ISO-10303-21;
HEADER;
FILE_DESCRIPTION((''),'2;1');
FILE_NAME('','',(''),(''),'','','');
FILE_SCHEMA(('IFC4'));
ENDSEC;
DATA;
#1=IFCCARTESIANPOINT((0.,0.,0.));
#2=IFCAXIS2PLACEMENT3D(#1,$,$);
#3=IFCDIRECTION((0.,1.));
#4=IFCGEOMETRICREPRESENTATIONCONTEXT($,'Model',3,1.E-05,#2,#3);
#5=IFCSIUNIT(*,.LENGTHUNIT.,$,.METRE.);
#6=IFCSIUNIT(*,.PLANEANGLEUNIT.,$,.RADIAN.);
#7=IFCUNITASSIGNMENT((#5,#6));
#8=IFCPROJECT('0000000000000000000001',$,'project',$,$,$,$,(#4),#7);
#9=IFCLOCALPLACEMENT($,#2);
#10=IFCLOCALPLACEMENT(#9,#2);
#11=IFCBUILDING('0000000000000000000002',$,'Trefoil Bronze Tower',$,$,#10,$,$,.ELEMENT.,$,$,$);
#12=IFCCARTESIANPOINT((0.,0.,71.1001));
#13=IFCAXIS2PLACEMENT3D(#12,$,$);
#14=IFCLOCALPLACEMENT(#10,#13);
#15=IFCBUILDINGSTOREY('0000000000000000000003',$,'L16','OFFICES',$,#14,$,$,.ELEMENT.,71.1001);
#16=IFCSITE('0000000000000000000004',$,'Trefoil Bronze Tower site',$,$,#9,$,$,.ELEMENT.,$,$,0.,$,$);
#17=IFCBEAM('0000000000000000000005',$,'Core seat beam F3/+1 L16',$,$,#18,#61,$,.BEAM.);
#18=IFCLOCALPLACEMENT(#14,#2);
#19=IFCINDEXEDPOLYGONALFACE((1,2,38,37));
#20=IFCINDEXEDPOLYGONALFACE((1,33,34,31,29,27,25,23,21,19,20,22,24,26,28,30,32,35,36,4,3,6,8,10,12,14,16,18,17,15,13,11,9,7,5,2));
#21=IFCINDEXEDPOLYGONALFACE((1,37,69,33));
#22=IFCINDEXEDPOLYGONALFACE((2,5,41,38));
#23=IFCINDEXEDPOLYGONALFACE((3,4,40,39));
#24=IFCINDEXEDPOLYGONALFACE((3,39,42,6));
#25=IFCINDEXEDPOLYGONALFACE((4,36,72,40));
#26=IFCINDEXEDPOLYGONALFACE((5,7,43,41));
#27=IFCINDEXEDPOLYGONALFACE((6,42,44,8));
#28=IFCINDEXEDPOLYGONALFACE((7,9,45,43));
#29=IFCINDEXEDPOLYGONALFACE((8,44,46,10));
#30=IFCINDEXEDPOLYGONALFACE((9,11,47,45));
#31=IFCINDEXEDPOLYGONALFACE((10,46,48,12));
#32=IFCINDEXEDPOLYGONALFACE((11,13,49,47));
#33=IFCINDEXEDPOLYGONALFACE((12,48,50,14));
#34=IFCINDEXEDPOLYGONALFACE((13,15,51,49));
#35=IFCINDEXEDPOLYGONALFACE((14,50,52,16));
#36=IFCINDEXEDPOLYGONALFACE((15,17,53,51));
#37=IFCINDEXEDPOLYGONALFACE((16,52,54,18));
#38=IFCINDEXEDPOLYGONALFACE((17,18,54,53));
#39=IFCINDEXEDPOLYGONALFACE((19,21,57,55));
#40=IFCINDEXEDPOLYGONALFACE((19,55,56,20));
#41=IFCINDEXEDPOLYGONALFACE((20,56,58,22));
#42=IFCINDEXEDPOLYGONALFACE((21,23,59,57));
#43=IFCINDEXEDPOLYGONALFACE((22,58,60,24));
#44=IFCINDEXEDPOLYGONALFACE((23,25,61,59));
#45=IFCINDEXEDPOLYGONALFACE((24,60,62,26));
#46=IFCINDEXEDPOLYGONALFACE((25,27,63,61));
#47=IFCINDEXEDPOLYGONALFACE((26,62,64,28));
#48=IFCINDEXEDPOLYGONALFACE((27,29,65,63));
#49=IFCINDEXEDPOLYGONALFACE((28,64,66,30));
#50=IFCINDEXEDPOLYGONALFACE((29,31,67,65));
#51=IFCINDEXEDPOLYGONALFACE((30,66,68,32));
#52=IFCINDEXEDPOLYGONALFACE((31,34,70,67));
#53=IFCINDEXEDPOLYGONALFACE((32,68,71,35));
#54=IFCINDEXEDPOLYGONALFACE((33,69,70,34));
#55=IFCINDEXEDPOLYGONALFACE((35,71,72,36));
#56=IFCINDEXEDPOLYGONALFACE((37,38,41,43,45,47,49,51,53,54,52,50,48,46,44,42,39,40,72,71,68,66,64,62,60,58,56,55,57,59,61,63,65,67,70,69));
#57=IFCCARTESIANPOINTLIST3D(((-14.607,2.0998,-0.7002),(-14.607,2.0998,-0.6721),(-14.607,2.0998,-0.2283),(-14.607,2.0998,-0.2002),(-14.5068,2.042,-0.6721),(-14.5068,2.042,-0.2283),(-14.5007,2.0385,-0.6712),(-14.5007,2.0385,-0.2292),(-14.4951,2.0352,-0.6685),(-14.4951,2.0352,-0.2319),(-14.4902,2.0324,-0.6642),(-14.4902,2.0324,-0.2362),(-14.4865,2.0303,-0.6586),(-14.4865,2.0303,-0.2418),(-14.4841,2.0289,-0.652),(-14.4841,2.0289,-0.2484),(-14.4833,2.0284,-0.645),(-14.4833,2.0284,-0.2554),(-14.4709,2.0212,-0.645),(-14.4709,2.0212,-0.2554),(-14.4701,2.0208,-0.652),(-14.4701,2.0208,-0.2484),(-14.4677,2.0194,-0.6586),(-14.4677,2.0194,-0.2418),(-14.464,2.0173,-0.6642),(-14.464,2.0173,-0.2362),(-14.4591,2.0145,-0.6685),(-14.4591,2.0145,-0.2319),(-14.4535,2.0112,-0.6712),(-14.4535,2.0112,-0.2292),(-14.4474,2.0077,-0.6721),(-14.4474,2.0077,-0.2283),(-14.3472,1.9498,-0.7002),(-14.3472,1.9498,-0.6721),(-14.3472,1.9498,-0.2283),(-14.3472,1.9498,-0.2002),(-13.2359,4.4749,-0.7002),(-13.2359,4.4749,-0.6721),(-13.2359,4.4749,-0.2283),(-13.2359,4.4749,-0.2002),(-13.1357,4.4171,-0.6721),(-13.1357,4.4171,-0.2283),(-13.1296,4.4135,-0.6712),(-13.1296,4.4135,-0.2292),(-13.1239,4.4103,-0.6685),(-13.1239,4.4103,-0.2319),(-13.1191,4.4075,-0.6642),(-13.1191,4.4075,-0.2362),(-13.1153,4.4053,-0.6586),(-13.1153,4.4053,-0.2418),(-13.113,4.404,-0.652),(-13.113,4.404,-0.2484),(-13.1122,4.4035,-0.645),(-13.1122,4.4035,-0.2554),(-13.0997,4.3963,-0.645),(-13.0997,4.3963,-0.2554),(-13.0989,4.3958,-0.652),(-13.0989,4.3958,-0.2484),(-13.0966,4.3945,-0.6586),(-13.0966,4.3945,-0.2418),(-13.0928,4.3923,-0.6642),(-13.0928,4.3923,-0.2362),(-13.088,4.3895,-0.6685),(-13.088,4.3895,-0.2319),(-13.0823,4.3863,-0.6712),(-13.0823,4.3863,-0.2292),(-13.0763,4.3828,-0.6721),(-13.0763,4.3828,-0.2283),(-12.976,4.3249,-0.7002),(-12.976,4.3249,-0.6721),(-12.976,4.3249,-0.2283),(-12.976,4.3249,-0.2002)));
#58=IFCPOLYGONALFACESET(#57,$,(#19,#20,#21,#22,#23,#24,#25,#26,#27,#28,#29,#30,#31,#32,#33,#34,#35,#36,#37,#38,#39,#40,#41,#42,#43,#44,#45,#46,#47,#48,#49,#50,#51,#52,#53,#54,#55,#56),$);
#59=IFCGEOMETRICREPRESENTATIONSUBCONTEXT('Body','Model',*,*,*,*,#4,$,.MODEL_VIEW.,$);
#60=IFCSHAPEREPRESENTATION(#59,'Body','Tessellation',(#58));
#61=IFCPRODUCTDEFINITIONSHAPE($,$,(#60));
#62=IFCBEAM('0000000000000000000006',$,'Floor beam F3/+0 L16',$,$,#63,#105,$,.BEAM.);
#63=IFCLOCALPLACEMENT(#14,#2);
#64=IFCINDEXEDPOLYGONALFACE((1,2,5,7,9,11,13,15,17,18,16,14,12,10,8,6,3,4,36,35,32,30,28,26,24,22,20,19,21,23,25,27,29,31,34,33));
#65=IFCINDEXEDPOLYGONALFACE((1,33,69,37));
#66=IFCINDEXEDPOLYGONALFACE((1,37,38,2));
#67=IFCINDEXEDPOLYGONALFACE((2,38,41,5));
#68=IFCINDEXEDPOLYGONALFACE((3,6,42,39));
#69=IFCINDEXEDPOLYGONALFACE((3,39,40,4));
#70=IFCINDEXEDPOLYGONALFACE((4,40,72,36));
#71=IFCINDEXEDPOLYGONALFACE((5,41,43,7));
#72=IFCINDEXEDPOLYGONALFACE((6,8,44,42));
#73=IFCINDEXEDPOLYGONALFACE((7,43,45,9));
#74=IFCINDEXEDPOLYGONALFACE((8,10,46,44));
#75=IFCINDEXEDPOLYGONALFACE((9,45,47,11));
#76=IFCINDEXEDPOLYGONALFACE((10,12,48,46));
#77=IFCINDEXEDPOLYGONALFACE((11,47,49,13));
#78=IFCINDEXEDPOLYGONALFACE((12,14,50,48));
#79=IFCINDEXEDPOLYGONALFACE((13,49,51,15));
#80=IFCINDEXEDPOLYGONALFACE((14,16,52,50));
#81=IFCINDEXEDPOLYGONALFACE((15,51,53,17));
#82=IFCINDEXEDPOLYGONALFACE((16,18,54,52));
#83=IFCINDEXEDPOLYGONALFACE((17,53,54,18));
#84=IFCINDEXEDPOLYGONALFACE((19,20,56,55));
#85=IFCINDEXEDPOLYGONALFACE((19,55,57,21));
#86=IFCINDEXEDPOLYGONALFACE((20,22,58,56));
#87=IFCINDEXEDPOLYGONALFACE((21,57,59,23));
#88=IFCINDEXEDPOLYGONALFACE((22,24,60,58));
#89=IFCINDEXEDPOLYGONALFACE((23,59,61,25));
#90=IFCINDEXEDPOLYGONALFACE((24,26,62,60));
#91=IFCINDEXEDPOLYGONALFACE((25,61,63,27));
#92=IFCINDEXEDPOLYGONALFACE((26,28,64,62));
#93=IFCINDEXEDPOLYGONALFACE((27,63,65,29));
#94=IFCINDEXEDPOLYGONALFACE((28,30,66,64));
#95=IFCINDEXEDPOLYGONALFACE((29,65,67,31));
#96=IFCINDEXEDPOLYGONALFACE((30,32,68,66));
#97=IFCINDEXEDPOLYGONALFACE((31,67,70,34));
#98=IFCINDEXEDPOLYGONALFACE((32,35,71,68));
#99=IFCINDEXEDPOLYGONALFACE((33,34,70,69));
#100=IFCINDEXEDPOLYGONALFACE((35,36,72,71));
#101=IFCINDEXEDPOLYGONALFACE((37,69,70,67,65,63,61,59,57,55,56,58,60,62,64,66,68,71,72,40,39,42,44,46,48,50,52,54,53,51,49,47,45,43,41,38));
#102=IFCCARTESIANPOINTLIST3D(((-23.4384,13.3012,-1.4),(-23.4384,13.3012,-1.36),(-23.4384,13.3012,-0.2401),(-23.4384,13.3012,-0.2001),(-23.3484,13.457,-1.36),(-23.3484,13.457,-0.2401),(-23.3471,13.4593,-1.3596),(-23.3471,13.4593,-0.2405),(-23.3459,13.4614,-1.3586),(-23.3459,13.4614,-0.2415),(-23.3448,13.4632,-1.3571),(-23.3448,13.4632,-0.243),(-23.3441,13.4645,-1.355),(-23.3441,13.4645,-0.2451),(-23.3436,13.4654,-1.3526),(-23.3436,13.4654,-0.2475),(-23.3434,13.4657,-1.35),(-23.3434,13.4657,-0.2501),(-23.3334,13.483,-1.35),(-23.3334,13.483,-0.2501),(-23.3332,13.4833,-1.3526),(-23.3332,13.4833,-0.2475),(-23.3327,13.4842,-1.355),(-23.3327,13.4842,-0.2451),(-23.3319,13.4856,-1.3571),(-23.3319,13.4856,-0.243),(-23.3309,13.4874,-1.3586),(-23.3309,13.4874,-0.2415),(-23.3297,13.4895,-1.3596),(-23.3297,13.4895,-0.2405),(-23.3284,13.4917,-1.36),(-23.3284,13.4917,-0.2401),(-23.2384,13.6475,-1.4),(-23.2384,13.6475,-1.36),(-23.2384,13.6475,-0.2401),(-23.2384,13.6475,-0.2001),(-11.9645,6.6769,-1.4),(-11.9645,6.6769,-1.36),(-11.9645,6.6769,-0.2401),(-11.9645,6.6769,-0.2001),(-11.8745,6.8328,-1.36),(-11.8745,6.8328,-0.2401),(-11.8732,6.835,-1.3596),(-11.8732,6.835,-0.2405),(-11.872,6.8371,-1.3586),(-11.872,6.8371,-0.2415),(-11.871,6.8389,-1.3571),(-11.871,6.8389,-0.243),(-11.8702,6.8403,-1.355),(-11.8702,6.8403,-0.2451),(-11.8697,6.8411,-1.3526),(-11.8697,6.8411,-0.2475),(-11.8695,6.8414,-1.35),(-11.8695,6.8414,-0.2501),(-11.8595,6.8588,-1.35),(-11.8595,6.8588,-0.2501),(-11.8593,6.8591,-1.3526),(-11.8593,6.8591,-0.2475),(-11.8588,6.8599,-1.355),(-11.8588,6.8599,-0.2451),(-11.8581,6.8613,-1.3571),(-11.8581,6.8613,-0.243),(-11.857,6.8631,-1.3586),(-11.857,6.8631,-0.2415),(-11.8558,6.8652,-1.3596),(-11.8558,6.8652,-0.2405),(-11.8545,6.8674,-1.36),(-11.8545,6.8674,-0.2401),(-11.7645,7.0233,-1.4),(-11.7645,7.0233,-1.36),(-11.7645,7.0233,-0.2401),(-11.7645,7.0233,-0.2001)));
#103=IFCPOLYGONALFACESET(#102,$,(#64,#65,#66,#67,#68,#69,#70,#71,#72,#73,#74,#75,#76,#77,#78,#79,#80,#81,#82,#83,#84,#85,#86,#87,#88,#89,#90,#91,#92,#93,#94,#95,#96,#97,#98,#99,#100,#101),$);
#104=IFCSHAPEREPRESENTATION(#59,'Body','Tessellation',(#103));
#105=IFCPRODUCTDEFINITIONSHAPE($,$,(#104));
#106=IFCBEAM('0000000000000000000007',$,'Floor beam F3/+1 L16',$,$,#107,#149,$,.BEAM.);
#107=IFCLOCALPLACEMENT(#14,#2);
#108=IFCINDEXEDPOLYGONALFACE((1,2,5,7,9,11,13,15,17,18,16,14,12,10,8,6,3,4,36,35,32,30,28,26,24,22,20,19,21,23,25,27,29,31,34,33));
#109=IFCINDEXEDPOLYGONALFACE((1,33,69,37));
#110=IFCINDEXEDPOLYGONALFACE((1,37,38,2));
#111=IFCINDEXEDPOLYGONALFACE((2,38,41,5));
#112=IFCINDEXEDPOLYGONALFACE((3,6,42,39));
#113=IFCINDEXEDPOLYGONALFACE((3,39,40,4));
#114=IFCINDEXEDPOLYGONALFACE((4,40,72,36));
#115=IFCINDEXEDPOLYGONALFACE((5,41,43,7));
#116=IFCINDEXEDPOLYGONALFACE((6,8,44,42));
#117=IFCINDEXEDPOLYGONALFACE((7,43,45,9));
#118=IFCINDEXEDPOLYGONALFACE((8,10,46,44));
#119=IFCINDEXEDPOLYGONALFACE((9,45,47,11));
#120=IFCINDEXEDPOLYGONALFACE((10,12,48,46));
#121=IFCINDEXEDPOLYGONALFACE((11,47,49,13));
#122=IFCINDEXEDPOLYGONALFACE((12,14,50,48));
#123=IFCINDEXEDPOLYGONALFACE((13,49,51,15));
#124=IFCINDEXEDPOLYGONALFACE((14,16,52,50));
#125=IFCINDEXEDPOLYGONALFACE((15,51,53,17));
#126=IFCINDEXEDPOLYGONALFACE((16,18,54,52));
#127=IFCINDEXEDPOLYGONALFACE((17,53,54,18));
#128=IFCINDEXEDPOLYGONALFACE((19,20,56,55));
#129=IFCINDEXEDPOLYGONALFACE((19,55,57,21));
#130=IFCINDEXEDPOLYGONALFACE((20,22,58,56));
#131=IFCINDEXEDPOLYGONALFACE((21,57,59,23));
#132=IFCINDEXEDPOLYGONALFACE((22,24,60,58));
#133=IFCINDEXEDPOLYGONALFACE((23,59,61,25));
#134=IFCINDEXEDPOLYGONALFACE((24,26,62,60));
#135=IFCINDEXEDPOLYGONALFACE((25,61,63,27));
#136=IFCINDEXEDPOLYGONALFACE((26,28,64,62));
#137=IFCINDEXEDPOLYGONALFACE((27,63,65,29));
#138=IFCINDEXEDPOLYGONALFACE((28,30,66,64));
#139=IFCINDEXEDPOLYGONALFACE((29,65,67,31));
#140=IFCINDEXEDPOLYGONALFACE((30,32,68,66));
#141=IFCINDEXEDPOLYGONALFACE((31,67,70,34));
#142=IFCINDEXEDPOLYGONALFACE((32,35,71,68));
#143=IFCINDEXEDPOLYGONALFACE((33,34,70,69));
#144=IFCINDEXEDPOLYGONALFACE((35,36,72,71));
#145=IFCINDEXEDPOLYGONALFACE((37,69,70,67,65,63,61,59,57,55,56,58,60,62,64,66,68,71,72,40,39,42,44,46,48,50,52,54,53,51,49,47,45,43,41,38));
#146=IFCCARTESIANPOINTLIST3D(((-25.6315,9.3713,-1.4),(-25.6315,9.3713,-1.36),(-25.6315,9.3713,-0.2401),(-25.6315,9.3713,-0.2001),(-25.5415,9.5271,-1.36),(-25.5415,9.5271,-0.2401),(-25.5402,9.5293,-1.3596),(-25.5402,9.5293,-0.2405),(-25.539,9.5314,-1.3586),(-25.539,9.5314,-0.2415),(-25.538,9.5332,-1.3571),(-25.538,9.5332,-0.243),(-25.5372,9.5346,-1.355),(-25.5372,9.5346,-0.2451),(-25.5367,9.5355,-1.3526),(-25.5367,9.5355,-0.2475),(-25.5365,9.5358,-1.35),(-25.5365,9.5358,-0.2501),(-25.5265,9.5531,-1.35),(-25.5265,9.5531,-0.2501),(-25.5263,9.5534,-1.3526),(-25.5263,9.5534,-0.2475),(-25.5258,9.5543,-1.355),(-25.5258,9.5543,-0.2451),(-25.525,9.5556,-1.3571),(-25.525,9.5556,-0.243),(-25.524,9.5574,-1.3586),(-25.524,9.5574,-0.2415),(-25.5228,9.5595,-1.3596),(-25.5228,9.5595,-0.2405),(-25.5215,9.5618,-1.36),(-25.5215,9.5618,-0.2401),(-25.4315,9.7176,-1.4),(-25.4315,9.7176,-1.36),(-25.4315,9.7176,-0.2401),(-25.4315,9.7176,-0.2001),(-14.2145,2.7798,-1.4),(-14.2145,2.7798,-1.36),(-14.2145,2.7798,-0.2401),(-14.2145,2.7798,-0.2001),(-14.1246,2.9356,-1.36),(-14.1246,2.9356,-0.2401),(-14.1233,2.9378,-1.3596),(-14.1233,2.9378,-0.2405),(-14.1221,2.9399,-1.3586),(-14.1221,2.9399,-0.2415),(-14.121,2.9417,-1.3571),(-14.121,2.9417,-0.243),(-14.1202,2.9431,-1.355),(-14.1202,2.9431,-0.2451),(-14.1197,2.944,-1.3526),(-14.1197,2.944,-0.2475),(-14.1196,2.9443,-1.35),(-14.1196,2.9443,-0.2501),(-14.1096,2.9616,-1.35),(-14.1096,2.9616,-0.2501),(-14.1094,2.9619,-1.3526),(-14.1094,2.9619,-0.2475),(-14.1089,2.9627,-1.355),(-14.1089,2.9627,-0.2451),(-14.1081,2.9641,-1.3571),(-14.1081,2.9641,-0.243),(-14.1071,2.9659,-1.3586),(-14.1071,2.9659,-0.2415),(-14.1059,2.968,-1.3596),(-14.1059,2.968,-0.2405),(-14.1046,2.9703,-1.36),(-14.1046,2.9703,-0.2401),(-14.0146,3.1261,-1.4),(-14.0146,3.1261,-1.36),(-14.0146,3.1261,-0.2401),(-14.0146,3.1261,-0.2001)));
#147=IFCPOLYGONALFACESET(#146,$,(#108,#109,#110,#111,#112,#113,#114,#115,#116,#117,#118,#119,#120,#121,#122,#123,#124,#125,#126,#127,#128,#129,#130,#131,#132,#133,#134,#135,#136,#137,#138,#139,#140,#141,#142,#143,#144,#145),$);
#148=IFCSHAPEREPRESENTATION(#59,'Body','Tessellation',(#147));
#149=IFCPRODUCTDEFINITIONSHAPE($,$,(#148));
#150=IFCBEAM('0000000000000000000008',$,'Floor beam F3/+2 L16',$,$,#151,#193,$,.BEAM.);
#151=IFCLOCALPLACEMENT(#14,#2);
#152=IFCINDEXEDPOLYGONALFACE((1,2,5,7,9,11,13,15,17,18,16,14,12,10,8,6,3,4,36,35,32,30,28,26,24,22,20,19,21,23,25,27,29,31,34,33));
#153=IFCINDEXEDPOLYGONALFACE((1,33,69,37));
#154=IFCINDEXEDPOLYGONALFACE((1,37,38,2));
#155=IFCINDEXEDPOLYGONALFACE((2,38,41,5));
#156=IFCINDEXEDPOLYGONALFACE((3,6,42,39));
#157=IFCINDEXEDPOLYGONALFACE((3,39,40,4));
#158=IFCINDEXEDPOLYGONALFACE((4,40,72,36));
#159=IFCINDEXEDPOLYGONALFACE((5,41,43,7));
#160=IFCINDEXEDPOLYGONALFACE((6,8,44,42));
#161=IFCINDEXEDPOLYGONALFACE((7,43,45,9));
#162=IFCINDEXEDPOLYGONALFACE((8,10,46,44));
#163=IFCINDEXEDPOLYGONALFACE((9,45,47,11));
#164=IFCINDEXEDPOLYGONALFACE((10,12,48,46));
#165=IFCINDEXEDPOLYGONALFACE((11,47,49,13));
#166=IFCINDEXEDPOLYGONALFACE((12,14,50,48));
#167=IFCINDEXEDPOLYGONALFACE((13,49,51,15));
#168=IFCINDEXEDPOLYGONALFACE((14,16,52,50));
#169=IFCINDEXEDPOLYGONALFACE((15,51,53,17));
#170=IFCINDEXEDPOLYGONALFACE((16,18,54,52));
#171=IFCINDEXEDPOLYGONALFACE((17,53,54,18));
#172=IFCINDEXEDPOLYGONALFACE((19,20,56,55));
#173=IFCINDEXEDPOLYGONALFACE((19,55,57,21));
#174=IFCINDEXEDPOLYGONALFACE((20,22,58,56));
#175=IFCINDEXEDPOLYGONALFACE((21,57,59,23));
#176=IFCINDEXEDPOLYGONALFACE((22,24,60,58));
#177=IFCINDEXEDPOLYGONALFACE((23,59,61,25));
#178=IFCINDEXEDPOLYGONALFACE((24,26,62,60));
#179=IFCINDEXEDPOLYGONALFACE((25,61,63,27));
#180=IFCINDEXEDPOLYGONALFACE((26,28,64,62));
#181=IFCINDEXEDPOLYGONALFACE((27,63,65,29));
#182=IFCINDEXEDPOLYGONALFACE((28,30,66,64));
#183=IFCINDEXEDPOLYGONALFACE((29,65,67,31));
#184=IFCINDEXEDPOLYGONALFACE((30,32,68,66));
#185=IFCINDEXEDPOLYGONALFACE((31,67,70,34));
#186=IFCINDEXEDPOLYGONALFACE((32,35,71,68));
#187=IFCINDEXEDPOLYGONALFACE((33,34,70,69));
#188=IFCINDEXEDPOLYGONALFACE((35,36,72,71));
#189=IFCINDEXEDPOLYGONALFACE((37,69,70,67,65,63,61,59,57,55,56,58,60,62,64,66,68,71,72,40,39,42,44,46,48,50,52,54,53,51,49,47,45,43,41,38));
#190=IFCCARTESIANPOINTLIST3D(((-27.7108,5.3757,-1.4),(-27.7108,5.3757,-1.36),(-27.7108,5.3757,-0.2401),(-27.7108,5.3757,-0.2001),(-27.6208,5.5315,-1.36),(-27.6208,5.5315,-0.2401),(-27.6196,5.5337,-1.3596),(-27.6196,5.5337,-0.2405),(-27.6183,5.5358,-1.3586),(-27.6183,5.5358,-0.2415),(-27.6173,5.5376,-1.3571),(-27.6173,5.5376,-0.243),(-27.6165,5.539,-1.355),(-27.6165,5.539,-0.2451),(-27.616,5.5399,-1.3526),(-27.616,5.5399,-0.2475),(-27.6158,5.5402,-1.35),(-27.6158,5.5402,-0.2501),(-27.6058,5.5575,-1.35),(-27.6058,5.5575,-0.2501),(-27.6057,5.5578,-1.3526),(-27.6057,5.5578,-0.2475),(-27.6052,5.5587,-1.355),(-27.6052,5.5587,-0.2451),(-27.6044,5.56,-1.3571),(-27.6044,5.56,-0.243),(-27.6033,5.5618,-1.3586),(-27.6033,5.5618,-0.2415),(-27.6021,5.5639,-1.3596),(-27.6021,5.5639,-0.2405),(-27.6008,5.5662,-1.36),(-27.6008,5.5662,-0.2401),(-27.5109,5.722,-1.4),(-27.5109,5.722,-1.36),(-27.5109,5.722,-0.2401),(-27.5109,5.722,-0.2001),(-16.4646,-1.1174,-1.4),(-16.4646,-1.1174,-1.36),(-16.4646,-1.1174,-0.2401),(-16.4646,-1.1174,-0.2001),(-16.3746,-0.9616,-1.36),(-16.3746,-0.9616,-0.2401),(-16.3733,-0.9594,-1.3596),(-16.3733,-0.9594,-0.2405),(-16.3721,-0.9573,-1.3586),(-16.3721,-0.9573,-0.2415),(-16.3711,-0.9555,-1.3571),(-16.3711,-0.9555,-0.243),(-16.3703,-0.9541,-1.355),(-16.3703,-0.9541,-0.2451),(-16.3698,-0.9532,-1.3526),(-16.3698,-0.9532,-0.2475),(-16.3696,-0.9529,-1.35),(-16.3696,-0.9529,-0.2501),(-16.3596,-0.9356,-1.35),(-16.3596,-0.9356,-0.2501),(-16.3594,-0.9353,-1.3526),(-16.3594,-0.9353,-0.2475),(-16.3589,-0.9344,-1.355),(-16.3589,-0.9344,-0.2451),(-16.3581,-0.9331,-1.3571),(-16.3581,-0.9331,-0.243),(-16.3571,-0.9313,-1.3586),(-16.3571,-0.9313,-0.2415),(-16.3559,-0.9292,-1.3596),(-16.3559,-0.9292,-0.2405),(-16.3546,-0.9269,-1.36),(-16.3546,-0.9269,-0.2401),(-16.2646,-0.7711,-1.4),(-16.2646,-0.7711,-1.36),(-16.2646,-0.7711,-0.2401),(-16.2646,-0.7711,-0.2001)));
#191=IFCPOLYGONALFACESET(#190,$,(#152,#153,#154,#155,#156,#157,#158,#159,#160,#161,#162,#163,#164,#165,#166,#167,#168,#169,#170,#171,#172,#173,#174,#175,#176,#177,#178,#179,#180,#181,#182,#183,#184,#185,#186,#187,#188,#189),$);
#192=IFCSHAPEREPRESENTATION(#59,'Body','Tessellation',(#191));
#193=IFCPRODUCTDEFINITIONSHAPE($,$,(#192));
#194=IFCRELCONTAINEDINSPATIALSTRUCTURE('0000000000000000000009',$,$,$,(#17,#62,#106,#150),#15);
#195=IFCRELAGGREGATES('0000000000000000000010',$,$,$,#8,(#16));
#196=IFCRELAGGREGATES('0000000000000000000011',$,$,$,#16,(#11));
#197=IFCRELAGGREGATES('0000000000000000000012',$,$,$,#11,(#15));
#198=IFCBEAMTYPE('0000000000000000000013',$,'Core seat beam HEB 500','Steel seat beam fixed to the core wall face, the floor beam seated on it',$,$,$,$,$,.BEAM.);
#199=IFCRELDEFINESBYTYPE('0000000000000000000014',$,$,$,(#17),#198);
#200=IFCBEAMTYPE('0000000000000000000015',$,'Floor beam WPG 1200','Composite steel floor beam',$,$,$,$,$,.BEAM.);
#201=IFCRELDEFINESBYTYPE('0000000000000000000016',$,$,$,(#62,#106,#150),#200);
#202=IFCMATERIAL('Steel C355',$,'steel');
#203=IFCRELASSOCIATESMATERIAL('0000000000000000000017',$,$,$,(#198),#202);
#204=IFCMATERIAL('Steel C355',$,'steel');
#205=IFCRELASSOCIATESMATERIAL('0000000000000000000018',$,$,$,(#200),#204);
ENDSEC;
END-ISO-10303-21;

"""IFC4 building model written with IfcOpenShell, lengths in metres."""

from ifc_helpers import new_model, si_unit, direction, frame, origin, origin_2d, place, context, subcontext, project, spatial, i_section, extrude, material, material_profile, profile_set, type_object, element, save


model = new_model("IFC4")

# Units and contexts
model_context = context("Model", 3, precision=1e-05, world=origin(), true_north=direction((0.0, 1.0)))
body_context = subcontext(model_context, "Body", "Model", "MODEL_VIEW")
ifc_project = project(units=[si_unit("LENGTHUNIT", "METRE"), si_unit("PLANEANGLEUNIT", "RADIAN")], contexts=[model_context])

# Site, building, storey
site_placement = place(None, origin())
site = spatial("IfcSite", under=ifc_project, at=site_placement, Name="Trefoil Bronze Tower site", CompositionType="ELEMENT", RefElevation=0.0)
building_placement = place(site_placement, origin())
building = spatial("IfcBuilding", under=site, at=building_placement, Name="Trefoil Bronze Tower", CompositionType="ELEMENT")
storey_placement = place(building_placement, frame((0.0, 0.0, 71.1001)))
storey = spatial("IfcBuildingStorey", under=building, at=storey_placement, Name="L16", Description="OFFICES", CompositionType="ELEMENT", Elevation=71.1001)

# Beams
ifc_material_1 = material(Name="Steel C355", Category="steel")
ifc_material_profile_1 = material_profile(ifc_material_1, i_section(OverallWidth=0.3, OverallDepth=0.5, WebThickness=0.0144, FlangeThickness=0.0281, FilletRadius=0.0271, at=origin_2d()), Name="HEB 500")
ifc_profile_set_1 = profile_set([ifc_material_profile_1], Name="Steel C355")
beam_type_1 = type_object("IfcBeamType", Name="Core seat beam HEB 500", Description="Steel seat beam fixed to the core wall face, the floor beam seated on it", PredefinedType="BEAM", material=ifc_profile_set_1)
for number, where, z_axis, x_axis, name in (
    (1, (-13.106, 4.3999, -0.4502), (-0.499969, -0.866043, 0.0), (0.866043, -0.499969, 0.0), "Core seat beam F3/+1 L16"),
):
    element("IfcBeam", number, at=place(storey_placement, frame(where, z_axis=z_axis, x_axis=x_axis)), inside=storey, type_object=beam_type_1, Name=name, PredefinedType="BEAM", context=body_context, shape_type="SweptSolid", body=[
        extrude(i_section(OverallWidth=0.3, OverallDepth=0.5, WebThickness=0.0144, FlangeThickness=0.0281, FilletRadius=0.0271, at=origin_2d()), origin(), (0.0, 0.0, 1.0), 2.7424),
    ])
ifc_material_2 = material(Name="Steel C355", Category="steel")
ifc_material_profile_2 = material_profile(ifc_material_2, i_section(OverallWidth=0.3999, OverallDepth=1.2, WebThickness=0.02, FlangeThickness=0.04, FilletRadius=0.01, at=origin_2d()), Name="WPG 1200")
ifc_profile_set_2 = profile_set([ifc_material_profile_2], Name="Steel C355")
beam_type_2 = type_object("IfcBeamType", Name="Floor beam WPG 1200", Description="Composite steel floor beam", PredefinedType="BEAM", material=ifc_profile_set_2)
beam_1_placement = place(storey_placement, frame((-23.3384, 13.4744, -0.8), z_axis=(0.866031, -0.49999, 0.0), x_axis=(0.49999, 0.866031, 0.0)))
element("IfcBeam", 2, at=beam_1_placement, inside=storey, type_object=beam_type_2, Name="Floor beam F3/+0 L16", PredefinedType="BEAM", context=body_context, shape_type="SweptSolid", body=[
    extrude(i_section(OverallWidth=0.3999, OverallDepth=1.2, WebThickness=0.02, FlangeThickness=0.04, FilletRadius=0.01, at=origin_2d()), origin(), (0.0, 0.0, 1.0), 13.2488),
])
beam_2_placement = place(storey_placement, frame((-25.5315, 9.5444, -0.8), z_axis=(0.866027, -0.499997, 0.0), x_axis=(0.499997, 0.866027, 0.0)))
element("IfcBeam", 3, at=beam_2_placement, inside=storey, type_object=beam_type_2, Name="Floor beam F3/+1 L16", PredefinedType="BEAM", context=body_context, shape_type="SweptSolid", body=[
    extrude(i_section(OverallWidth=0.3999, OverallDepth=1.2, WebThickness=0.02, FlangeThickness=0.04, FilletRadius=0.01, at=origin_2d()), origin(), (0.0, 0.0, 1.0), 13.1831),
])
beam_3_placement = place(storey_placement, frame((-27.6108, 5.5488, -0.8), z_axis=(0.866022, -0.500005, 0.0), x_axis=(0.500005, 0.866022, 0.0)))
element("IfcBeam", 4, at=beam_3_placement, inside=storey, type_object=beam_type_2, Name="Floor beam F3/+2 L16", PredefinedType="BEAM", context=body_context, shape_type="SweptSolid", body=[
    extrude(i_section(OverallWidth=0.3999, OverallDepth=1.2, WebThickness=0.02, FlangeThickness=0.04, FilletRadius=0.01, at=origin_2d()), origin(), (0.0, 0.0, 1.0), 12.9861),
])

save(model, "model.ifc")
